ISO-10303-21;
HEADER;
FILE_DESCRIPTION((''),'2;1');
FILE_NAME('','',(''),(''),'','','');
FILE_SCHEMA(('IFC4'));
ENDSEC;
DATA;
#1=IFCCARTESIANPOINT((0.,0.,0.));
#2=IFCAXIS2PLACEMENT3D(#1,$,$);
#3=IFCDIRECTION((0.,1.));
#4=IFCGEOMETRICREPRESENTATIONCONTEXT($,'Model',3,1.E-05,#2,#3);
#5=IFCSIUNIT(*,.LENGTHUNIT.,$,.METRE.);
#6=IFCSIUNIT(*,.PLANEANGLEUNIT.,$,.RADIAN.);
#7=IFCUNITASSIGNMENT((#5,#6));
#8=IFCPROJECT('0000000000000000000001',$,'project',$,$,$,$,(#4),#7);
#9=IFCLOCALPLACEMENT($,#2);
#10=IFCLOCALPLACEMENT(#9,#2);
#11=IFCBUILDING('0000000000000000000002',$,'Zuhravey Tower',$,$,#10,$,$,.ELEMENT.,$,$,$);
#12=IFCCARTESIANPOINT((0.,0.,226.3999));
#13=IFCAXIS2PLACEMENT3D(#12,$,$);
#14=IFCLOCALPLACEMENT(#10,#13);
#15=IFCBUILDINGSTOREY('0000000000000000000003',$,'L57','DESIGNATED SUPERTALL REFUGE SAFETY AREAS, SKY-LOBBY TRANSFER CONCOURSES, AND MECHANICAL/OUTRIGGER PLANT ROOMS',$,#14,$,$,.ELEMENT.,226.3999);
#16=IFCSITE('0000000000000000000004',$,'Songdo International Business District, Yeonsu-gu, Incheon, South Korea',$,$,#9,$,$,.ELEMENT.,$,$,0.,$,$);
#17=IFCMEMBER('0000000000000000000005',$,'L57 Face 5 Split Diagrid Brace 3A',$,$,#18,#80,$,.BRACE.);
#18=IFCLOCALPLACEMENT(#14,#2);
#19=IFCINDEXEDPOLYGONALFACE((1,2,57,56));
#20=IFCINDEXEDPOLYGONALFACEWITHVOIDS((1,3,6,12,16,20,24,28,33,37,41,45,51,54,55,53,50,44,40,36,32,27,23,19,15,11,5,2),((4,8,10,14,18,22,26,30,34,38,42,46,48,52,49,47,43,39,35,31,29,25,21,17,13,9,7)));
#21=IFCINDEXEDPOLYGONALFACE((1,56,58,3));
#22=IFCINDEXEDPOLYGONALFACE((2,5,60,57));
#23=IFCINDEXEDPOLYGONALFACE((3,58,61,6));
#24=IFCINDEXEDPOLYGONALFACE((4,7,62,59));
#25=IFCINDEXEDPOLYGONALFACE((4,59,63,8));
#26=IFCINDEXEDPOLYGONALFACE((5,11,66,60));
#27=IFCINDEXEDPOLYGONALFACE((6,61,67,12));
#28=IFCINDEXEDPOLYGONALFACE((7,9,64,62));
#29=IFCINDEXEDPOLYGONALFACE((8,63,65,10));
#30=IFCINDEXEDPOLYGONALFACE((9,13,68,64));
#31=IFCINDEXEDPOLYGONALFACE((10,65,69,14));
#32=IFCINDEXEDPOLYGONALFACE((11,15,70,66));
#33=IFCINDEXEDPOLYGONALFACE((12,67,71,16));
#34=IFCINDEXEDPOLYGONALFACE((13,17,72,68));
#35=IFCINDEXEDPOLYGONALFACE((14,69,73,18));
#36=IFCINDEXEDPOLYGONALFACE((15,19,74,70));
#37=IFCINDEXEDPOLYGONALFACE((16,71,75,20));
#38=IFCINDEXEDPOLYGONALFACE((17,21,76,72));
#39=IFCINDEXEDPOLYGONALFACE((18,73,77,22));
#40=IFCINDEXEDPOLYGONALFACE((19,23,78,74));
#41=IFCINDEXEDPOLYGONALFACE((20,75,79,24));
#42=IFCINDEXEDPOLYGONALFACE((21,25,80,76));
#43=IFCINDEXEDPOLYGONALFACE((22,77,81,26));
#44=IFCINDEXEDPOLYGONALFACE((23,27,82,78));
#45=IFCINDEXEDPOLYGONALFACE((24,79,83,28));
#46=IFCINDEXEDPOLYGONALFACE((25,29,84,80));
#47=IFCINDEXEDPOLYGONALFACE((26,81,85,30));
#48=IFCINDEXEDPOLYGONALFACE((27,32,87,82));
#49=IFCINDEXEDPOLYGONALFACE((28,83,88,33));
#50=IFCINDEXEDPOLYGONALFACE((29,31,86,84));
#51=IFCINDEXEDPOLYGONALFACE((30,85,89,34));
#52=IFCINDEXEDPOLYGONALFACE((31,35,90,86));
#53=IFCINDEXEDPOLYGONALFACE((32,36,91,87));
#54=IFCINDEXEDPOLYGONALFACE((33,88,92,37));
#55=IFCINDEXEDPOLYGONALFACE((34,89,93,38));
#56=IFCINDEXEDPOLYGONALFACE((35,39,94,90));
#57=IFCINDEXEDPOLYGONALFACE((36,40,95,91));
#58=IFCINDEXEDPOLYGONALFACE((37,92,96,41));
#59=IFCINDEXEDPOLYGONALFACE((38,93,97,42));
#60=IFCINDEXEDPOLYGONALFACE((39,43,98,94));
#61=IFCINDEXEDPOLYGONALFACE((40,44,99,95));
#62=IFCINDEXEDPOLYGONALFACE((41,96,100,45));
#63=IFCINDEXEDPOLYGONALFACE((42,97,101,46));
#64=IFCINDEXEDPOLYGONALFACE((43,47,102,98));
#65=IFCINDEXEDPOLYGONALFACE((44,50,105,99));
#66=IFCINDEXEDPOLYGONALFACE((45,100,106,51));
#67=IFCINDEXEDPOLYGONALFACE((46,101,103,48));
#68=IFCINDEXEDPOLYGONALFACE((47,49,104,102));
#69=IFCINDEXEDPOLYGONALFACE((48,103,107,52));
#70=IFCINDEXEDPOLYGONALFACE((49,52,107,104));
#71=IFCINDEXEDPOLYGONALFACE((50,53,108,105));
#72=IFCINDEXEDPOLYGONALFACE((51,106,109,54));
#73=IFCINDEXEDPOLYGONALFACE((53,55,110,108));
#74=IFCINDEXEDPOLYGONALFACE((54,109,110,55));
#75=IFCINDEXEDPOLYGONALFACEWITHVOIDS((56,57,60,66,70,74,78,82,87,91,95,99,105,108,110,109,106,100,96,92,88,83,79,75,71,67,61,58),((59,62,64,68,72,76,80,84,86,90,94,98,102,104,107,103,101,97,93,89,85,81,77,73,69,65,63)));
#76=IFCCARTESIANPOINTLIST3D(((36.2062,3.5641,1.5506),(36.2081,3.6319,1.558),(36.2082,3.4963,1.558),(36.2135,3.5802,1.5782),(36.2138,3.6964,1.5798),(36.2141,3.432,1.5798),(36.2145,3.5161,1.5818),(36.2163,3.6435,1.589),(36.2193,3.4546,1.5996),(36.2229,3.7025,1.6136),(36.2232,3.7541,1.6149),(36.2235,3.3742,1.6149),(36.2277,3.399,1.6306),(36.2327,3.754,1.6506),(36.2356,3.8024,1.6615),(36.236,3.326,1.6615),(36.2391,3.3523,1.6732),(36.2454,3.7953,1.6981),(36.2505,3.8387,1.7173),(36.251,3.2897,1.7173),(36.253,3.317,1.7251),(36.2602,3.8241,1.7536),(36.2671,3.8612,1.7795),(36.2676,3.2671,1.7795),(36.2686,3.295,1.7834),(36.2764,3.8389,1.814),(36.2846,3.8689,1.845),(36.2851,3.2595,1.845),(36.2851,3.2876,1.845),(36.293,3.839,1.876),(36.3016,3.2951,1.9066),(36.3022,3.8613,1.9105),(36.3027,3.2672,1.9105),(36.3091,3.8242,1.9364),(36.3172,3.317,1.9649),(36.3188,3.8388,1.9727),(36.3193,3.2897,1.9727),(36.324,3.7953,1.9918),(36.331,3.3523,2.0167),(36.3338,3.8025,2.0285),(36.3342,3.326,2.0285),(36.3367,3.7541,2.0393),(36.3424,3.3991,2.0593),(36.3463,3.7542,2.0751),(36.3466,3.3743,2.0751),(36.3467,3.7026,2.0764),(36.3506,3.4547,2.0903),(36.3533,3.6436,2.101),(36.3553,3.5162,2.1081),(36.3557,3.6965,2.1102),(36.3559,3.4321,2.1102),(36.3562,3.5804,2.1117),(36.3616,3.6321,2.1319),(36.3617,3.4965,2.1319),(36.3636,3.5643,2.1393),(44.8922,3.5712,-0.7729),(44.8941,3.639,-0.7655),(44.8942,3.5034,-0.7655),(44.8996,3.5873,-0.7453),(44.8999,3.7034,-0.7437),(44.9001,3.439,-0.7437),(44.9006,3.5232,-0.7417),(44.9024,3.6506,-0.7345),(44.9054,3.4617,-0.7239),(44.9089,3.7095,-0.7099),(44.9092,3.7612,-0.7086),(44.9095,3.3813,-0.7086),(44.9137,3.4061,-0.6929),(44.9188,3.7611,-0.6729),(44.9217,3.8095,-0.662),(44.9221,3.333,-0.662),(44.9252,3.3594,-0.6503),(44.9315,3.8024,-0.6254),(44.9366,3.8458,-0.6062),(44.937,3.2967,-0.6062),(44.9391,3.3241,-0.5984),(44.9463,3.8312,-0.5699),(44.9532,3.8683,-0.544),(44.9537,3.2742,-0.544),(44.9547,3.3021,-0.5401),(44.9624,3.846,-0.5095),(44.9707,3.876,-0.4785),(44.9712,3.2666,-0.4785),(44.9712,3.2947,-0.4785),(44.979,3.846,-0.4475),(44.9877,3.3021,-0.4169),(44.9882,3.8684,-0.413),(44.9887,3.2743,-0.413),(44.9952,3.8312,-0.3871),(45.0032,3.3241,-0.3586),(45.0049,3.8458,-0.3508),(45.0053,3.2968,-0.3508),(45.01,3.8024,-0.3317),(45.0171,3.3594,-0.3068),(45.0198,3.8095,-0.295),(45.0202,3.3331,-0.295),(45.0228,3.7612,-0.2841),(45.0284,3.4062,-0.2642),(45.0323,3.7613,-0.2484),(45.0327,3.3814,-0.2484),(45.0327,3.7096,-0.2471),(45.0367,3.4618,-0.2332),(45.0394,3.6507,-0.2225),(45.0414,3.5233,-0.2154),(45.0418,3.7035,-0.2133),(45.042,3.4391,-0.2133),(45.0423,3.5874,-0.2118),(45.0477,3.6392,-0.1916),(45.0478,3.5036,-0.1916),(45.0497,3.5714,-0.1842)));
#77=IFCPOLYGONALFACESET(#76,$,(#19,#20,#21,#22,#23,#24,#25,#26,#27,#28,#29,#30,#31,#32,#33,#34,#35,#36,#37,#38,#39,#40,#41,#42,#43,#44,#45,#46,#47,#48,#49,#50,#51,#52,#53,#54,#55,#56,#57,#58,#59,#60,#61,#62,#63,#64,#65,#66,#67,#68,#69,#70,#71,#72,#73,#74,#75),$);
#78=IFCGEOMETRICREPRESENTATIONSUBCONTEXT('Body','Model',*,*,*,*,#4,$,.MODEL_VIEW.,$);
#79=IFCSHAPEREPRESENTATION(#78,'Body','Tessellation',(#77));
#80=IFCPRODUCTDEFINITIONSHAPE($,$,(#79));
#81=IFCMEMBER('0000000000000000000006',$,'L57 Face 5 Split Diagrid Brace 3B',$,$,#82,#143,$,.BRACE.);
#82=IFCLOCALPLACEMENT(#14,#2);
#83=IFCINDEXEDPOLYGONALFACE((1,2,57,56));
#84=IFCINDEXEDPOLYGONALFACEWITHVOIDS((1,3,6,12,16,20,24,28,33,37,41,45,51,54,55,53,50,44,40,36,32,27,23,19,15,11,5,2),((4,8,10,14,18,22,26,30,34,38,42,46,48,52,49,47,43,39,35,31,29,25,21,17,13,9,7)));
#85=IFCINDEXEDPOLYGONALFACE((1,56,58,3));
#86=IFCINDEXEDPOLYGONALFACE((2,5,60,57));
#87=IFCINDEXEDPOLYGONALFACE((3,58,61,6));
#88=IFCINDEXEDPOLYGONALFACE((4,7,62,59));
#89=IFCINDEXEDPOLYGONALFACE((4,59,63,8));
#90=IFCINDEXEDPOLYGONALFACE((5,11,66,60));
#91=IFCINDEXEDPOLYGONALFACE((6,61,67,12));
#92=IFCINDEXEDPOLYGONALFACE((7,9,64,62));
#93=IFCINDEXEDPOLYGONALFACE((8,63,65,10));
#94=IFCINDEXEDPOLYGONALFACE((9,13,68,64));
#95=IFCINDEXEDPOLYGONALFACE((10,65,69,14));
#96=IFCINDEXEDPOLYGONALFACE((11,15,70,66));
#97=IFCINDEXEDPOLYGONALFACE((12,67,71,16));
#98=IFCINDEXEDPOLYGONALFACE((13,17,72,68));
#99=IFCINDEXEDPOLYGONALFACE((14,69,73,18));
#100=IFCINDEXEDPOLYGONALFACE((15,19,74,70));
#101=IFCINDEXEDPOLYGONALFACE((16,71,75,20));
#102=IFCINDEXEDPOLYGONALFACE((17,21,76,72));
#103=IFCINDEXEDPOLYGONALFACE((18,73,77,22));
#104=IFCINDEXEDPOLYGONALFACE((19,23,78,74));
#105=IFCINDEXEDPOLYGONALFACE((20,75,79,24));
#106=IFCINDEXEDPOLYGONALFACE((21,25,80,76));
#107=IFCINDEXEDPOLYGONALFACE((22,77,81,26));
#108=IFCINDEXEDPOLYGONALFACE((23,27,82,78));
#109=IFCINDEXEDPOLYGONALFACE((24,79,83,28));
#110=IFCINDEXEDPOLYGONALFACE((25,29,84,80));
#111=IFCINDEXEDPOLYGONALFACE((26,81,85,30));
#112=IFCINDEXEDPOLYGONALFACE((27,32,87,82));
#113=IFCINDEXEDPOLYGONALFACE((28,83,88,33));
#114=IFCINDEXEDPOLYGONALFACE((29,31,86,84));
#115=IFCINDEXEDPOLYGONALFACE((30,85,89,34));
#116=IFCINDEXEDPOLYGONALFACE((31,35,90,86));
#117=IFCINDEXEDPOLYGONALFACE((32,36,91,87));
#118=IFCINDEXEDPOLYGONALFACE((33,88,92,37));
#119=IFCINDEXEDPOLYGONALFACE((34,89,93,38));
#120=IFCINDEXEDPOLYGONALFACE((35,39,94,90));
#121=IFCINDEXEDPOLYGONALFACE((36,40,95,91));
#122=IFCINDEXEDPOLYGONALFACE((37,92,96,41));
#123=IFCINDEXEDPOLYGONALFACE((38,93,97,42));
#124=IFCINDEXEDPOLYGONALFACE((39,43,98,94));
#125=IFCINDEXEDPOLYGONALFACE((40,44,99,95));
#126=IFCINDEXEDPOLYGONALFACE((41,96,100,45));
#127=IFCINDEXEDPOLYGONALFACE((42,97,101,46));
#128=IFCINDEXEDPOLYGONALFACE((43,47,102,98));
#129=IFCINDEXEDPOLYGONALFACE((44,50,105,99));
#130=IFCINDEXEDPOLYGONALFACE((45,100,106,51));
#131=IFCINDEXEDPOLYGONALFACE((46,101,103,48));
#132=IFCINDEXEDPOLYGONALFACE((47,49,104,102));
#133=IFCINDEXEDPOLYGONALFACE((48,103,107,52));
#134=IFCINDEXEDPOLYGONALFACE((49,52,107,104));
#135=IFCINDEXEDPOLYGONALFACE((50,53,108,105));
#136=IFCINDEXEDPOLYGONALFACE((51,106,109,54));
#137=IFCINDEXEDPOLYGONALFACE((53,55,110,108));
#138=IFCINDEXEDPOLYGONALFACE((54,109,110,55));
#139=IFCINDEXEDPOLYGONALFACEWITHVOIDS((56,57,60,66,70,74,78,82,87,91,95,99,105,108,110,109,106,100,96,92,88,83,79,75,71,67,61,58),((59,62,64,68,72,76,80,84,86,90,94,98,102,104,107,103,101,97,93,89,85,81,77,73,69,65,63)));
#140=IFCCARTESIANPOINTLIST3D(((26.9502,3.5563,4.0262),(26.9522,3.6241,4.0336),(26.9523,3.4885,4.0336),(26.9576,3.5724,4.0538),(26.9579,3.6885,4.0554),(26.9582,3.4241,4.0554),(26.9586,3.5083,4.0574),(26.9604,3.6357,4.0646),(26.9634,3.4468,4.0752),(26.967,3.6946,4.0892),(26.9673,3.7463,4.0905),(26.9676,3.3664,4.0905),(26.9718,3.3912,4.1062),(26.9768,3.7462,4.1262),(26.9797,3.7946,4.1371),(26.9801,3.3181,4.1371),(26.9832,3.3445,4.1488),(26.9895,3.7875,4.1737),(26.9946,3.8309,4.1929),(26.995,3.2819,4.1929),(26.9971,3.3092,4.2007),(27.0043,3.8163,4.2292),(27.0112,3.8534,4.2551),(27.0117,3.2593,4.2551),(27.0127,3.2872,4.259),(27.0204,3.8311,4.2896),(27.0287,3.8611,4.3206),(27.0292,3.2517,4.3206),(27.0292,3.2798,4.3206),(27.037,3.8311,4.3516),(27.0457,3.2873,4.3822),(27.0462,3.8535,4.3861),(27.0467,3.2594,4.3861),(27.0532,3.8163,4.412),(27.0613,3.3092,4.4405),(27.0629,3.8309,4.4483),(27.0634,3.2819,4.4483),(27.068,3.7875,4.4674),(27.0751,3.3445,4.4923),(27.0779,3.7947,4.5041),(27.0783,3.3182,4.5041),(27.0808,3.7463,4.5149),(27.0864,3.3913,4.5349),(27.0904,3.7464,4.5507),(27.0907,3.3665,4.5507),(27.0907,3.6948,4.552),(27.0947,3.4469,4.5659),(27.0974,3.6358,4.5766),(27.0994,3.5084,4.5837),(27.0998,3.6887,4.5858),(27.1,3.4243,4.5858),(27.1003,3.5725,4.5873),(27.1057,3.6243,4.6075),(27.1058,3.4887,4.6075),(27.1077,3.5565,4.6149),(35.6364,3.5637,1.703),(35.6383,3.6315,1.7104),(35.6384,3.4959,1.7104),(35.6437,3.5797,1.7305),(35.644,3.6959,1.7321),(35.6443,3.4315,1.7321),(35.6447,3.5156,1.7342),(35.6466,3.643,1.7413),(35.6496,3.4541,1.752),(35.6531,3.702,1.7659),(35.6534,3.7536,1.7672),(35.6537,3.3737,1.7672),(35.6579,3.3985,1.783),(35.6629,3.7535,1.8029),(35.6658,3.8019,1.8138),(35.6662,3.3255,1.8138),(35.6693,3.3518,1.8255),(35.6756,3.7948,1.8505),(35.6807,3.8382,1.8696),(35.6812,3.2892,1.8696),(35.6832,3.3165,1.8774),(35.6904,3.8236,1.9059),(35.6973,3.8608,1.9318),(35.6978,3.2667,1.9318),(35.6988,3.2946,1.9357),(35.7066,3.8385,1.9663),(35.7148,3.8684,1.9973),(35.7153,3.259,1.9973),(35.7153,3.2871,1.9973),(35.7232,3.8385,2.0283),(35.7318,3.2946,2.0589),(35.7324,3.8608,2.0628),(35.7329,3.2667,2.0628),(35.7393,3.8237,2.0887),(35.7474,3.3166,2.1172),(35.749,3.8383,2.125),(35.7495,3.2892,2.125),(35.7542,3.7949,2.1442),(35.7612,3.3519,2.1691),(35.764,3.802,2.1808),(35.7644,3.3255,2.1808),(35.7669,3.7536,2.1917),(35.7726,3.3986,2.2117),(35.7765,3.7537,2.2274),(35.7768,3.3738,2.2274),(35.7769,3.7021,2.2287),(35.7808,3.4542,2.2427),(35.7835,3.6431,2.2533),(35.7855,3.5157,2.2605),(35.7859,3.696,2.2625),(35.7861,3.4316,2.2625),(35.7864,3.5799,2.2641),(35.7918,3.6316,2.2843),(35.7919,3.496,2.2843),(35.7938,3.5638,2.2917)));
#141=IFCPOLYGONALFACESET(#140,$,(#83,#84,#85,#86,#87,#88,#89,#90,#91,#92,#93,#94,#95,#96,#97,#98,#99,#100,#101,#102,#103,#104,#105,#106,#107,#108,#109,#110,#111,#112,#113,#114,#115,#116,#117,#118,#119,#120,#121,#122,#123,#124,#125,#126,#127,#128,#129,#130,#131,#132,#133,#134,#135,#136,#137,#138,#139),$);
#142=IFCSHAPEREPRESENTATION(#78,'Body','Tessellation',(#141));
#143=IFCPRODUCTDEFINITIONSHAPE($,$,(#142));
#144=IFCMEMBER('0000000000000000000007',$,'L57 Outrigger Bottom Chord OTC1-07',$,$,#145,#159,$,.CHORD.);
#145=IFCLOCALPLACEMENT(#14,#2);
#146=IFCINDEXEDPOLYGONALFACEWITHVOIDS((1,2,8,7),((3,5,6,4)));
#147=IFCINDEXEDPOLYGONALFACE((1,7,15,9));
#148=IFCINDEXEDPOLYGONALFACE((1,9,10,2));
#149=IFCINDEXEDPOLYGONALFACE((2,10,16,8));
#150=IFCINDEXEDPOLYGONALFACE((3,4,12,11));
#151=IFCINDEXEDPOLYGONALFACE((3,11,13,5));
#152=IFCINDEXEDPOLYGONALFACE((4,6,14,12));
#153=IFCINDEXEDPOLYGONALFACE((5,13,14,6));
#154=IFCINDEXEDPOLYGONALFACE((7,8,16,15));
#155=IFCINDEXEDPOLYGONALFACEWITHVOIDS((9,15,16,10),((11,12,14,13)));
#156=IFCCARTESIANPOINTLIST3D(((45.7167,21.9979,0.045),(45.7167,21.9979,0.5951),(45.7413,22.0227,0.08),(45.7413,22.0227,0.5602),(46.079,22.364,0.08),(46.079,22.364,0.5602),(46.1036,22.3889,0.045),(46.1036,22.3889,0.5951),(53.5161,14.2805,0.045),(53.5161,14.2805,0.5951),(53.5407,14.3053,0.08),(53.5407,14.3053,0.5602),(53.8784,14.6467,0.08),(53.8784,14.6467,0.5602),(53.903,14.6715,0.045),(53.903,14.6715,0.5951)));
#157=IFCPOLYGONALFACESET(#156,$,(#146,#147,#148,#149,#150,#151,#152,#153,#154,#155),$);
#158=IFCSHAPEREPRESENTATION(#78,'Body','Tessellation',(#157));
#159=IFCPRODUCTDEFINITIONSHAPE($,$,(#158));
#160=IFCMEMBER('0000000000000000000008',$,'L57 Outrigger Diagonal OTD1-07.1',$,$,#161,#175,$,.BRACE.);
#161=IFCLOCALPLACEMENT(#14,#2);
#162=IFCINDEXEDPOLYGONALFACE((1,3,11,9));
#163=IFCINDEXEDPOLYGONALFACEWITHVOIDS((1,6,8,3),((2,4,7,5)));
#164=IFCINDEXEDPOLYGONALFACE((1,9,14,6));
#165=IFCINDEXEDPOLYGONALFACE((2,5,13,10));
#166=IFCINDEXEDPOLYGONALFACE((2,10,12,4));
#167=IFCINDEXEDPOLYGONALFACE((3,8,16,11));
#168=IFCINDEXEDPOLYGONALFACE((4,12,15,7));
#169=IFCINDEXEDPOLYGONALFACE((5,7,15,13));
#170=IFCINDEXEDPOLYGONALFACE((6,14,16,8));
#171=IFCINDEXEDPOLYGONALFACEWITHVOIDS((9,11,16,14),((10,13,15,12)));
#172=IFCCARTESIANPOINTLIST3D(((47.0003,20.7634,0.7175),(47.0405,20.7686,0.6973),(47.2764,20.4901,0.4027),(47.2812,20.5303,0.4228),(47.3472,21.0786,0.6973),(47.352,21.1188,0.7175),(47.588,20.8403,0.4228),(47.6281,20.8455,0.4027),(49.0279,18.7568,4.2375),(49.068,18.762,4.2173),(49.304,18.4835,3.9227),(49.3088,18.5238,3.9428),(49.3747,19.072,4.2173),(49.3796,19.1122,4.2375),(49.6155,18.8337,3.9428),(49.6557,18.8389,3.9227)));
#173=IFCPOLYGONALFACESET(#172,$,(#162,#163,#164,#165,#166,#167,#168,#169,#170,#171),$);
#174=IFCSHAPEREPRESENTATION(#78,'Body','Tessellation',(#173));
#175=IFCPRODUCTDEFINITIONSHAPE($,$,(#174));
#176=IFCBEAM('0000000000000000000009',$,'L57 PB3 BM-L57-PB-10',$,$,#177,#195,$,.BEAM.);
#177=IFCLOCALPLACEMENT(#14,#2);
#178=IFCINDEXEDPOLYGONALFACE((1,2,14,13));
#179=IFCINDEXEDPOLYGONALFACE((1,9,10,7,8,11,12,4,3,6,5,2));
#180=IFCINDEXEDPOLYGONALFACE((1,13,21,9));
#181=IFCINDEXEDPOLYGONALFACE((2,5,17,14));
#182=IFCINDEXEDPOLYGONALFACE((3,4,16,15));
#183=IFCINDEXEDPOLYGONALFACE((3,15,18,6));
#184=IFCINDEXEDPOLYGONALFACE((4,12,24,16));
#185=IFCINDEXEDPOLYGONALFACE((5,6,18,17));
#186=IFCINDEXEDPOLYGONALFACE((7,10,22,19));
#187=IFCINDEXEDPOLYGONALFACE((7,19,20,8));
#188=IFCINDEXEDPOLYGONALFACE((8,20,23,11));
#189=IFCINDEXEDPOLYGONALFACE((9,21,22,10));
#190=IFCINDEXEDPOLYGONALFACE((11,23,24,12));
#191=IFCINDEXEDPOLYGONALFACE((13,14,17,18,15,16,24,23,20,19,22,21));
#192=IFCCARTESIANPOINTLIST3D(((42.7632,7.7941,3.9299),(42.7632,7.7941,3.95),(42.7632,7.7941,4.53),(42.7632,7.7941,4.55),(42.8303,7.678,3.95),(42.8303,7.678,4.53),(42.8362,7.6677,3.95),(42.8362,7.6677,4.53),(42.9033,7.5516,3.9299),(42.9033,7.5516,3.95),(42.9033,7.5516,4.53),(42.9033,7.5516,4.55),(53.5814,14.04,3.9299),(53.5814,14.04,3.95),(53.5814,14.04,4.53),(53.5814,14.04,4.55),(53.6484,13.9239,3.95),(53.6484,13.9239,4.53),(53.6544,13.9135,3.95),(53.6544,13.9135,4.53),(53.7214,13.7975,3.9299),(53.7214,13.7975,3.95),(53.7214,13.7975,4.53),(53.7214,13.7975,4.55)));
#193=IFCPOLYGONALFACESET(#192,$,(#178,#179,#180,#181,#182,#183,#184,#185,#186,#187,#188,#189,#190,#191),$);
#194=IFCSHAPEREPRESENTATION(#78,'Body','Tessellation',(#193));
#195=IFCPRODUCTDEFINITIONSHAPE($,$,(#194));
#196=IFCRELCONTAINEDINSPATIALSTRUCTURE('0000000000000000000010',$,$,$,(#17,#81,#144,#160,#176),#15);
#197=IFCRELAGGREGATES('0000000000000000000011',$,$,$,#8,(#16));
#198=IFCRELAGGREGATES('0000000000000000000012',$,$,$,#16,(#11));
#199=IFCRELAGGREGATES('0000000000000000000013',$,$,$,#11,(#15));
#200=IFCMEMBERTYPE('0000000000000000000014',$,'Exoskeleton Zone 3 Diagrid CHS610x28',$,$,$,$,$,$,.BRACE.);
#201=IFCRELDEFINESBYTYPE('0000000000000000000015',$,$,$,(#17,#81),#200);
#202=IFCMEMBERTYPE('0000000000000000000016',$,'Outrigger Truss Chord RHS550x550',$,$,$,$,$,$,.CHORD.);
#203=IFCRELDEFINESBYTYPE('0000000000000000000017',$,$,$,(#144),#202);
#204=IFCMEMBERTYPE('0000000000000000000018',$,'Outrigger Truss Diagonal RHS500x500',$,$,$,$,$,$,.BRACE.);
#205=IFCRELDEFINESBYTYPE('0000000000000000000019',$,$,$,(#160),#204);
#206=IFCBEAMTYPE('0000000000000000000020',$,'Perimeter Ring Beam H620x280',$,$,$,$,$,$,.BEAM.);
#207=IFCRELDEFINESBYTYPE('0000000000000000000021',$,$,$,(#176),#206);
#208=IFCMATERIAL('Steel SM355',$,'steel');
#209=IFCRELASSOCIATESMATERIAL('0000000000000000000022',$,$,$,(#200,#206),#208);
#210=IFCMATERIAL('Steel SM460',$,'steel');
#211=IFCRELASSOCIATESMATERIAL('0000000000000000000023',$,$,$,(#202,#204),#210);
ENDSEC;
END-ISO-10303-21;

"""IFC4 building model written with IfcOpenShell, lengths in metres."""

from ifc_helpers import new_model, si_unit, direction, frame, origin, origin_2d, place, context, subcontext, project, spatial, hollow_rectangle, hollow_circle, i_section, extrude, material, material_profile, profile_set, type_object, element, save


model = new_model("IFC4")

# Units and contexts
model_context = context("Model", 3, precision=1e-05, world=origin(), true_north=direction((0.0, 1.0)))
body_context = subcontext(model_context, "Body", "Model", "MODEL_VIEW")
ifc_project = project(units=[si_unit("LENGTHUNIT", "METRE"), si_unit("PLANEANGLEUNIT", "RADIAN")], contexts=[model_context])

# Site, building, storey
site_placement = place(None, origin())
site = spatial("IfcSite", under=ifc_project, at=site_placement, Name="Songdo International Business District, Yeonsu-gu, Incheon, South Korea", CompositionType="ELEMENT", RefElevation=0.0)
building_placement = place(site_placement, origin())
building = spatial("IfcBuilding", under=site, at=building_placement, Name="Zuhravey Tower", CompositionType="ELEMENT")
storey_placement = place(building_placement, frame((0.0, 0.0, 226.3999)))
storey = spatial("IfcBuildingStorey", under=building, at=storey_placement, Name="L57", Description="DESIGNATED SUPERTALL REFUGE SAFETY AREAS, SKY-LOBBY TRANSFER CONCOURSES, AND MECHANICAL/OUTRIGGER PLANT ROOMS", CompositionType="ELEMENT", Elevation=226.3999)

# Shared definitions
ifc_material_1 = material(Name="Steel SM355", Category="steel")

# Shared definitions
ifc_material_2 = material(Name="Steel SM460", Category="steel")

# Members
ifc_material_profile_1 = material_profile(ifc_material_1, hollow_circle(Radius=0.3047, WallThickness=0.0281, at=origin_2d()), Name="CHS-609.6x28")
ifc_profile_set_1 = profile_set([ifc_material_profile_1], Name="Steel SM355")
member_type_1 = type_object("IfcMemberType", Name="Exoskeleton Zone 3 Diagrid CHS610x28", PredefinedType="BRACE", material=ifc_profile_set_1)
for number, where, z_axis, x_axis, name in (
    (1, (44.9709, 3.5713, -0.4785), (-0.966035, -0.000787, 0.258411), (0.000815, -1.0, 0.0), "L57 Face 5 Split Diagrid Brace 3A"),
    (2, (35.7151, 3.5637, 1.9973), (-0.966041, -0.000815, 0.258386), (0.000843, -1.0, 0.0), "L57 Face 5 Split Diagrid Brace 3B"),
):
    element("IfcMember", number, at=place(storey_placement, frame(where, z_axis=z_axis, x_axis=x_axis)), inside=storey, type_object=member_type_1, Name=name, PredefinedType="BRACE", context=body_context, shape_type="SweptSolid", body=[
        extrude(hollow_circle(Radius=0.3047, WallThickness=0.0281, at=origin_2d()), origin(), (0.0, 0.0, 1.0), 8.9915),
    ])
ifc_material_profile_2 = material_profile(ifc_material_2, hollow_rectangle(XDim=0.55, YDim=0.55, WallThickness=0.0349, at=origin_2d()), Name="RHS-550x550x35")
ifc_profile_set_2 = profile_set([ifc_material_profile_2], Name="Steel SM460")
member_type_2 = type_object("IfcMemberType", Name="Outrigger Truss Chord RHS550x550", PredefinedType="CHORD", material=ifc_profile_set_2)
member_1_placement = place(storey_placement, frame((45.9102, 22.1934, 0.3201), z_axis=(0.710835, -0.703359, 0.0), x_axis=(0.703359, 0.710835, 0.0)))
element("IfcMember", 3, at=member_1_placement, inside=storey, type_object=member_type_2, Name="L57 Outrigger Bottom Chord OTC1-07", PredefinedType="CHORD", context=body_context, shape_type="SweptSolid", body=[
    extrude(hollow_rectangle(XDim=0.55, YDim=0.55, WallThickness=0.0349, at=origin_2d()), origin(), (0.0, 0.0, 1.0), 10.9722),
])
ifc_material_profile_3 = material_profile(ifc_material_2, hollow_rectangle(XDim=0.5, YDim=0.5, WallThickness=0.032, at=origin_2d()), Name="RHS-500x500x32")
ifc_profile_set_3 = profile_set([ifc_material_profile_3], Name="Steel SM460")
member_type_3 = type_object("IfcMemberType", Name="Outrigger Truss Diagonal RHS500x500", PredefinedType="BRACE", material=ifc_profile_set_3)
member_2_placement = place(storey_placement, frame((47.3142, 20.8044, 0.5601), z_axis=(0.447513, -0.442879, 0.776911), x_axis=(0.703417, 0.710777, 0.0)))
element("IfcMember", 4, at=member_2_placement, inside=storey, type_object=member_type_3, Name="L57 Outrigger Diagonal OTD1-07.1", PredefinedType="BRACE", context=body_context, shape_type="SweptSolid", body=[
    extrude(hollow_rectangle(XDim=0.5, YDim=0.5, WallThickness=0.032, at=origin_2d()), origin(), (0.0, 0.0, 1.0), 4.5308),
])

# Beam
ifc_material_profile_4 = material_profile(ifc_material_1, i_section(OverallWidth=0.28, OverallDepth=0.6201, WebThickness=0.012, FlangeThickness=0.02, at=origin_2d()), Name="H-620x280x12x20")
ifc_profile_set_4 = profile_set([ifc_material_profile_4], Name="Steel SM355")
beam_type_1 = type_object("IfcBeamType", Name="Perimeter Ring Beam H620x280", PredefinedType="BEAM", material=ifc_profile_set_4)
beam_1_placement = place(storey_placement, frame((42.8333, 7.6729, 4.24), z_axis=(0.866025, 0.5, 0.0), x_axis=(-0.5, 0.866025, 0.0)))
element("IfcBeam", 5, at=beam_1_placement, inside=storey, type_object=beam_type_1, Name="L57 PB3 BM-L57-PB-10", PredefinedType="BEAM", context=body_context, shape_type="SweptSolid", body=[
    extrude(i_section(OverallWidth=0.28, OverallDepth=0.6201, WebThickness=0.012, FlangeThickness=0.02, at=origin_2d()), origin(), (0.0, 0.0, 1.0), 12.4917),
])

save(model, "model.ifc")
